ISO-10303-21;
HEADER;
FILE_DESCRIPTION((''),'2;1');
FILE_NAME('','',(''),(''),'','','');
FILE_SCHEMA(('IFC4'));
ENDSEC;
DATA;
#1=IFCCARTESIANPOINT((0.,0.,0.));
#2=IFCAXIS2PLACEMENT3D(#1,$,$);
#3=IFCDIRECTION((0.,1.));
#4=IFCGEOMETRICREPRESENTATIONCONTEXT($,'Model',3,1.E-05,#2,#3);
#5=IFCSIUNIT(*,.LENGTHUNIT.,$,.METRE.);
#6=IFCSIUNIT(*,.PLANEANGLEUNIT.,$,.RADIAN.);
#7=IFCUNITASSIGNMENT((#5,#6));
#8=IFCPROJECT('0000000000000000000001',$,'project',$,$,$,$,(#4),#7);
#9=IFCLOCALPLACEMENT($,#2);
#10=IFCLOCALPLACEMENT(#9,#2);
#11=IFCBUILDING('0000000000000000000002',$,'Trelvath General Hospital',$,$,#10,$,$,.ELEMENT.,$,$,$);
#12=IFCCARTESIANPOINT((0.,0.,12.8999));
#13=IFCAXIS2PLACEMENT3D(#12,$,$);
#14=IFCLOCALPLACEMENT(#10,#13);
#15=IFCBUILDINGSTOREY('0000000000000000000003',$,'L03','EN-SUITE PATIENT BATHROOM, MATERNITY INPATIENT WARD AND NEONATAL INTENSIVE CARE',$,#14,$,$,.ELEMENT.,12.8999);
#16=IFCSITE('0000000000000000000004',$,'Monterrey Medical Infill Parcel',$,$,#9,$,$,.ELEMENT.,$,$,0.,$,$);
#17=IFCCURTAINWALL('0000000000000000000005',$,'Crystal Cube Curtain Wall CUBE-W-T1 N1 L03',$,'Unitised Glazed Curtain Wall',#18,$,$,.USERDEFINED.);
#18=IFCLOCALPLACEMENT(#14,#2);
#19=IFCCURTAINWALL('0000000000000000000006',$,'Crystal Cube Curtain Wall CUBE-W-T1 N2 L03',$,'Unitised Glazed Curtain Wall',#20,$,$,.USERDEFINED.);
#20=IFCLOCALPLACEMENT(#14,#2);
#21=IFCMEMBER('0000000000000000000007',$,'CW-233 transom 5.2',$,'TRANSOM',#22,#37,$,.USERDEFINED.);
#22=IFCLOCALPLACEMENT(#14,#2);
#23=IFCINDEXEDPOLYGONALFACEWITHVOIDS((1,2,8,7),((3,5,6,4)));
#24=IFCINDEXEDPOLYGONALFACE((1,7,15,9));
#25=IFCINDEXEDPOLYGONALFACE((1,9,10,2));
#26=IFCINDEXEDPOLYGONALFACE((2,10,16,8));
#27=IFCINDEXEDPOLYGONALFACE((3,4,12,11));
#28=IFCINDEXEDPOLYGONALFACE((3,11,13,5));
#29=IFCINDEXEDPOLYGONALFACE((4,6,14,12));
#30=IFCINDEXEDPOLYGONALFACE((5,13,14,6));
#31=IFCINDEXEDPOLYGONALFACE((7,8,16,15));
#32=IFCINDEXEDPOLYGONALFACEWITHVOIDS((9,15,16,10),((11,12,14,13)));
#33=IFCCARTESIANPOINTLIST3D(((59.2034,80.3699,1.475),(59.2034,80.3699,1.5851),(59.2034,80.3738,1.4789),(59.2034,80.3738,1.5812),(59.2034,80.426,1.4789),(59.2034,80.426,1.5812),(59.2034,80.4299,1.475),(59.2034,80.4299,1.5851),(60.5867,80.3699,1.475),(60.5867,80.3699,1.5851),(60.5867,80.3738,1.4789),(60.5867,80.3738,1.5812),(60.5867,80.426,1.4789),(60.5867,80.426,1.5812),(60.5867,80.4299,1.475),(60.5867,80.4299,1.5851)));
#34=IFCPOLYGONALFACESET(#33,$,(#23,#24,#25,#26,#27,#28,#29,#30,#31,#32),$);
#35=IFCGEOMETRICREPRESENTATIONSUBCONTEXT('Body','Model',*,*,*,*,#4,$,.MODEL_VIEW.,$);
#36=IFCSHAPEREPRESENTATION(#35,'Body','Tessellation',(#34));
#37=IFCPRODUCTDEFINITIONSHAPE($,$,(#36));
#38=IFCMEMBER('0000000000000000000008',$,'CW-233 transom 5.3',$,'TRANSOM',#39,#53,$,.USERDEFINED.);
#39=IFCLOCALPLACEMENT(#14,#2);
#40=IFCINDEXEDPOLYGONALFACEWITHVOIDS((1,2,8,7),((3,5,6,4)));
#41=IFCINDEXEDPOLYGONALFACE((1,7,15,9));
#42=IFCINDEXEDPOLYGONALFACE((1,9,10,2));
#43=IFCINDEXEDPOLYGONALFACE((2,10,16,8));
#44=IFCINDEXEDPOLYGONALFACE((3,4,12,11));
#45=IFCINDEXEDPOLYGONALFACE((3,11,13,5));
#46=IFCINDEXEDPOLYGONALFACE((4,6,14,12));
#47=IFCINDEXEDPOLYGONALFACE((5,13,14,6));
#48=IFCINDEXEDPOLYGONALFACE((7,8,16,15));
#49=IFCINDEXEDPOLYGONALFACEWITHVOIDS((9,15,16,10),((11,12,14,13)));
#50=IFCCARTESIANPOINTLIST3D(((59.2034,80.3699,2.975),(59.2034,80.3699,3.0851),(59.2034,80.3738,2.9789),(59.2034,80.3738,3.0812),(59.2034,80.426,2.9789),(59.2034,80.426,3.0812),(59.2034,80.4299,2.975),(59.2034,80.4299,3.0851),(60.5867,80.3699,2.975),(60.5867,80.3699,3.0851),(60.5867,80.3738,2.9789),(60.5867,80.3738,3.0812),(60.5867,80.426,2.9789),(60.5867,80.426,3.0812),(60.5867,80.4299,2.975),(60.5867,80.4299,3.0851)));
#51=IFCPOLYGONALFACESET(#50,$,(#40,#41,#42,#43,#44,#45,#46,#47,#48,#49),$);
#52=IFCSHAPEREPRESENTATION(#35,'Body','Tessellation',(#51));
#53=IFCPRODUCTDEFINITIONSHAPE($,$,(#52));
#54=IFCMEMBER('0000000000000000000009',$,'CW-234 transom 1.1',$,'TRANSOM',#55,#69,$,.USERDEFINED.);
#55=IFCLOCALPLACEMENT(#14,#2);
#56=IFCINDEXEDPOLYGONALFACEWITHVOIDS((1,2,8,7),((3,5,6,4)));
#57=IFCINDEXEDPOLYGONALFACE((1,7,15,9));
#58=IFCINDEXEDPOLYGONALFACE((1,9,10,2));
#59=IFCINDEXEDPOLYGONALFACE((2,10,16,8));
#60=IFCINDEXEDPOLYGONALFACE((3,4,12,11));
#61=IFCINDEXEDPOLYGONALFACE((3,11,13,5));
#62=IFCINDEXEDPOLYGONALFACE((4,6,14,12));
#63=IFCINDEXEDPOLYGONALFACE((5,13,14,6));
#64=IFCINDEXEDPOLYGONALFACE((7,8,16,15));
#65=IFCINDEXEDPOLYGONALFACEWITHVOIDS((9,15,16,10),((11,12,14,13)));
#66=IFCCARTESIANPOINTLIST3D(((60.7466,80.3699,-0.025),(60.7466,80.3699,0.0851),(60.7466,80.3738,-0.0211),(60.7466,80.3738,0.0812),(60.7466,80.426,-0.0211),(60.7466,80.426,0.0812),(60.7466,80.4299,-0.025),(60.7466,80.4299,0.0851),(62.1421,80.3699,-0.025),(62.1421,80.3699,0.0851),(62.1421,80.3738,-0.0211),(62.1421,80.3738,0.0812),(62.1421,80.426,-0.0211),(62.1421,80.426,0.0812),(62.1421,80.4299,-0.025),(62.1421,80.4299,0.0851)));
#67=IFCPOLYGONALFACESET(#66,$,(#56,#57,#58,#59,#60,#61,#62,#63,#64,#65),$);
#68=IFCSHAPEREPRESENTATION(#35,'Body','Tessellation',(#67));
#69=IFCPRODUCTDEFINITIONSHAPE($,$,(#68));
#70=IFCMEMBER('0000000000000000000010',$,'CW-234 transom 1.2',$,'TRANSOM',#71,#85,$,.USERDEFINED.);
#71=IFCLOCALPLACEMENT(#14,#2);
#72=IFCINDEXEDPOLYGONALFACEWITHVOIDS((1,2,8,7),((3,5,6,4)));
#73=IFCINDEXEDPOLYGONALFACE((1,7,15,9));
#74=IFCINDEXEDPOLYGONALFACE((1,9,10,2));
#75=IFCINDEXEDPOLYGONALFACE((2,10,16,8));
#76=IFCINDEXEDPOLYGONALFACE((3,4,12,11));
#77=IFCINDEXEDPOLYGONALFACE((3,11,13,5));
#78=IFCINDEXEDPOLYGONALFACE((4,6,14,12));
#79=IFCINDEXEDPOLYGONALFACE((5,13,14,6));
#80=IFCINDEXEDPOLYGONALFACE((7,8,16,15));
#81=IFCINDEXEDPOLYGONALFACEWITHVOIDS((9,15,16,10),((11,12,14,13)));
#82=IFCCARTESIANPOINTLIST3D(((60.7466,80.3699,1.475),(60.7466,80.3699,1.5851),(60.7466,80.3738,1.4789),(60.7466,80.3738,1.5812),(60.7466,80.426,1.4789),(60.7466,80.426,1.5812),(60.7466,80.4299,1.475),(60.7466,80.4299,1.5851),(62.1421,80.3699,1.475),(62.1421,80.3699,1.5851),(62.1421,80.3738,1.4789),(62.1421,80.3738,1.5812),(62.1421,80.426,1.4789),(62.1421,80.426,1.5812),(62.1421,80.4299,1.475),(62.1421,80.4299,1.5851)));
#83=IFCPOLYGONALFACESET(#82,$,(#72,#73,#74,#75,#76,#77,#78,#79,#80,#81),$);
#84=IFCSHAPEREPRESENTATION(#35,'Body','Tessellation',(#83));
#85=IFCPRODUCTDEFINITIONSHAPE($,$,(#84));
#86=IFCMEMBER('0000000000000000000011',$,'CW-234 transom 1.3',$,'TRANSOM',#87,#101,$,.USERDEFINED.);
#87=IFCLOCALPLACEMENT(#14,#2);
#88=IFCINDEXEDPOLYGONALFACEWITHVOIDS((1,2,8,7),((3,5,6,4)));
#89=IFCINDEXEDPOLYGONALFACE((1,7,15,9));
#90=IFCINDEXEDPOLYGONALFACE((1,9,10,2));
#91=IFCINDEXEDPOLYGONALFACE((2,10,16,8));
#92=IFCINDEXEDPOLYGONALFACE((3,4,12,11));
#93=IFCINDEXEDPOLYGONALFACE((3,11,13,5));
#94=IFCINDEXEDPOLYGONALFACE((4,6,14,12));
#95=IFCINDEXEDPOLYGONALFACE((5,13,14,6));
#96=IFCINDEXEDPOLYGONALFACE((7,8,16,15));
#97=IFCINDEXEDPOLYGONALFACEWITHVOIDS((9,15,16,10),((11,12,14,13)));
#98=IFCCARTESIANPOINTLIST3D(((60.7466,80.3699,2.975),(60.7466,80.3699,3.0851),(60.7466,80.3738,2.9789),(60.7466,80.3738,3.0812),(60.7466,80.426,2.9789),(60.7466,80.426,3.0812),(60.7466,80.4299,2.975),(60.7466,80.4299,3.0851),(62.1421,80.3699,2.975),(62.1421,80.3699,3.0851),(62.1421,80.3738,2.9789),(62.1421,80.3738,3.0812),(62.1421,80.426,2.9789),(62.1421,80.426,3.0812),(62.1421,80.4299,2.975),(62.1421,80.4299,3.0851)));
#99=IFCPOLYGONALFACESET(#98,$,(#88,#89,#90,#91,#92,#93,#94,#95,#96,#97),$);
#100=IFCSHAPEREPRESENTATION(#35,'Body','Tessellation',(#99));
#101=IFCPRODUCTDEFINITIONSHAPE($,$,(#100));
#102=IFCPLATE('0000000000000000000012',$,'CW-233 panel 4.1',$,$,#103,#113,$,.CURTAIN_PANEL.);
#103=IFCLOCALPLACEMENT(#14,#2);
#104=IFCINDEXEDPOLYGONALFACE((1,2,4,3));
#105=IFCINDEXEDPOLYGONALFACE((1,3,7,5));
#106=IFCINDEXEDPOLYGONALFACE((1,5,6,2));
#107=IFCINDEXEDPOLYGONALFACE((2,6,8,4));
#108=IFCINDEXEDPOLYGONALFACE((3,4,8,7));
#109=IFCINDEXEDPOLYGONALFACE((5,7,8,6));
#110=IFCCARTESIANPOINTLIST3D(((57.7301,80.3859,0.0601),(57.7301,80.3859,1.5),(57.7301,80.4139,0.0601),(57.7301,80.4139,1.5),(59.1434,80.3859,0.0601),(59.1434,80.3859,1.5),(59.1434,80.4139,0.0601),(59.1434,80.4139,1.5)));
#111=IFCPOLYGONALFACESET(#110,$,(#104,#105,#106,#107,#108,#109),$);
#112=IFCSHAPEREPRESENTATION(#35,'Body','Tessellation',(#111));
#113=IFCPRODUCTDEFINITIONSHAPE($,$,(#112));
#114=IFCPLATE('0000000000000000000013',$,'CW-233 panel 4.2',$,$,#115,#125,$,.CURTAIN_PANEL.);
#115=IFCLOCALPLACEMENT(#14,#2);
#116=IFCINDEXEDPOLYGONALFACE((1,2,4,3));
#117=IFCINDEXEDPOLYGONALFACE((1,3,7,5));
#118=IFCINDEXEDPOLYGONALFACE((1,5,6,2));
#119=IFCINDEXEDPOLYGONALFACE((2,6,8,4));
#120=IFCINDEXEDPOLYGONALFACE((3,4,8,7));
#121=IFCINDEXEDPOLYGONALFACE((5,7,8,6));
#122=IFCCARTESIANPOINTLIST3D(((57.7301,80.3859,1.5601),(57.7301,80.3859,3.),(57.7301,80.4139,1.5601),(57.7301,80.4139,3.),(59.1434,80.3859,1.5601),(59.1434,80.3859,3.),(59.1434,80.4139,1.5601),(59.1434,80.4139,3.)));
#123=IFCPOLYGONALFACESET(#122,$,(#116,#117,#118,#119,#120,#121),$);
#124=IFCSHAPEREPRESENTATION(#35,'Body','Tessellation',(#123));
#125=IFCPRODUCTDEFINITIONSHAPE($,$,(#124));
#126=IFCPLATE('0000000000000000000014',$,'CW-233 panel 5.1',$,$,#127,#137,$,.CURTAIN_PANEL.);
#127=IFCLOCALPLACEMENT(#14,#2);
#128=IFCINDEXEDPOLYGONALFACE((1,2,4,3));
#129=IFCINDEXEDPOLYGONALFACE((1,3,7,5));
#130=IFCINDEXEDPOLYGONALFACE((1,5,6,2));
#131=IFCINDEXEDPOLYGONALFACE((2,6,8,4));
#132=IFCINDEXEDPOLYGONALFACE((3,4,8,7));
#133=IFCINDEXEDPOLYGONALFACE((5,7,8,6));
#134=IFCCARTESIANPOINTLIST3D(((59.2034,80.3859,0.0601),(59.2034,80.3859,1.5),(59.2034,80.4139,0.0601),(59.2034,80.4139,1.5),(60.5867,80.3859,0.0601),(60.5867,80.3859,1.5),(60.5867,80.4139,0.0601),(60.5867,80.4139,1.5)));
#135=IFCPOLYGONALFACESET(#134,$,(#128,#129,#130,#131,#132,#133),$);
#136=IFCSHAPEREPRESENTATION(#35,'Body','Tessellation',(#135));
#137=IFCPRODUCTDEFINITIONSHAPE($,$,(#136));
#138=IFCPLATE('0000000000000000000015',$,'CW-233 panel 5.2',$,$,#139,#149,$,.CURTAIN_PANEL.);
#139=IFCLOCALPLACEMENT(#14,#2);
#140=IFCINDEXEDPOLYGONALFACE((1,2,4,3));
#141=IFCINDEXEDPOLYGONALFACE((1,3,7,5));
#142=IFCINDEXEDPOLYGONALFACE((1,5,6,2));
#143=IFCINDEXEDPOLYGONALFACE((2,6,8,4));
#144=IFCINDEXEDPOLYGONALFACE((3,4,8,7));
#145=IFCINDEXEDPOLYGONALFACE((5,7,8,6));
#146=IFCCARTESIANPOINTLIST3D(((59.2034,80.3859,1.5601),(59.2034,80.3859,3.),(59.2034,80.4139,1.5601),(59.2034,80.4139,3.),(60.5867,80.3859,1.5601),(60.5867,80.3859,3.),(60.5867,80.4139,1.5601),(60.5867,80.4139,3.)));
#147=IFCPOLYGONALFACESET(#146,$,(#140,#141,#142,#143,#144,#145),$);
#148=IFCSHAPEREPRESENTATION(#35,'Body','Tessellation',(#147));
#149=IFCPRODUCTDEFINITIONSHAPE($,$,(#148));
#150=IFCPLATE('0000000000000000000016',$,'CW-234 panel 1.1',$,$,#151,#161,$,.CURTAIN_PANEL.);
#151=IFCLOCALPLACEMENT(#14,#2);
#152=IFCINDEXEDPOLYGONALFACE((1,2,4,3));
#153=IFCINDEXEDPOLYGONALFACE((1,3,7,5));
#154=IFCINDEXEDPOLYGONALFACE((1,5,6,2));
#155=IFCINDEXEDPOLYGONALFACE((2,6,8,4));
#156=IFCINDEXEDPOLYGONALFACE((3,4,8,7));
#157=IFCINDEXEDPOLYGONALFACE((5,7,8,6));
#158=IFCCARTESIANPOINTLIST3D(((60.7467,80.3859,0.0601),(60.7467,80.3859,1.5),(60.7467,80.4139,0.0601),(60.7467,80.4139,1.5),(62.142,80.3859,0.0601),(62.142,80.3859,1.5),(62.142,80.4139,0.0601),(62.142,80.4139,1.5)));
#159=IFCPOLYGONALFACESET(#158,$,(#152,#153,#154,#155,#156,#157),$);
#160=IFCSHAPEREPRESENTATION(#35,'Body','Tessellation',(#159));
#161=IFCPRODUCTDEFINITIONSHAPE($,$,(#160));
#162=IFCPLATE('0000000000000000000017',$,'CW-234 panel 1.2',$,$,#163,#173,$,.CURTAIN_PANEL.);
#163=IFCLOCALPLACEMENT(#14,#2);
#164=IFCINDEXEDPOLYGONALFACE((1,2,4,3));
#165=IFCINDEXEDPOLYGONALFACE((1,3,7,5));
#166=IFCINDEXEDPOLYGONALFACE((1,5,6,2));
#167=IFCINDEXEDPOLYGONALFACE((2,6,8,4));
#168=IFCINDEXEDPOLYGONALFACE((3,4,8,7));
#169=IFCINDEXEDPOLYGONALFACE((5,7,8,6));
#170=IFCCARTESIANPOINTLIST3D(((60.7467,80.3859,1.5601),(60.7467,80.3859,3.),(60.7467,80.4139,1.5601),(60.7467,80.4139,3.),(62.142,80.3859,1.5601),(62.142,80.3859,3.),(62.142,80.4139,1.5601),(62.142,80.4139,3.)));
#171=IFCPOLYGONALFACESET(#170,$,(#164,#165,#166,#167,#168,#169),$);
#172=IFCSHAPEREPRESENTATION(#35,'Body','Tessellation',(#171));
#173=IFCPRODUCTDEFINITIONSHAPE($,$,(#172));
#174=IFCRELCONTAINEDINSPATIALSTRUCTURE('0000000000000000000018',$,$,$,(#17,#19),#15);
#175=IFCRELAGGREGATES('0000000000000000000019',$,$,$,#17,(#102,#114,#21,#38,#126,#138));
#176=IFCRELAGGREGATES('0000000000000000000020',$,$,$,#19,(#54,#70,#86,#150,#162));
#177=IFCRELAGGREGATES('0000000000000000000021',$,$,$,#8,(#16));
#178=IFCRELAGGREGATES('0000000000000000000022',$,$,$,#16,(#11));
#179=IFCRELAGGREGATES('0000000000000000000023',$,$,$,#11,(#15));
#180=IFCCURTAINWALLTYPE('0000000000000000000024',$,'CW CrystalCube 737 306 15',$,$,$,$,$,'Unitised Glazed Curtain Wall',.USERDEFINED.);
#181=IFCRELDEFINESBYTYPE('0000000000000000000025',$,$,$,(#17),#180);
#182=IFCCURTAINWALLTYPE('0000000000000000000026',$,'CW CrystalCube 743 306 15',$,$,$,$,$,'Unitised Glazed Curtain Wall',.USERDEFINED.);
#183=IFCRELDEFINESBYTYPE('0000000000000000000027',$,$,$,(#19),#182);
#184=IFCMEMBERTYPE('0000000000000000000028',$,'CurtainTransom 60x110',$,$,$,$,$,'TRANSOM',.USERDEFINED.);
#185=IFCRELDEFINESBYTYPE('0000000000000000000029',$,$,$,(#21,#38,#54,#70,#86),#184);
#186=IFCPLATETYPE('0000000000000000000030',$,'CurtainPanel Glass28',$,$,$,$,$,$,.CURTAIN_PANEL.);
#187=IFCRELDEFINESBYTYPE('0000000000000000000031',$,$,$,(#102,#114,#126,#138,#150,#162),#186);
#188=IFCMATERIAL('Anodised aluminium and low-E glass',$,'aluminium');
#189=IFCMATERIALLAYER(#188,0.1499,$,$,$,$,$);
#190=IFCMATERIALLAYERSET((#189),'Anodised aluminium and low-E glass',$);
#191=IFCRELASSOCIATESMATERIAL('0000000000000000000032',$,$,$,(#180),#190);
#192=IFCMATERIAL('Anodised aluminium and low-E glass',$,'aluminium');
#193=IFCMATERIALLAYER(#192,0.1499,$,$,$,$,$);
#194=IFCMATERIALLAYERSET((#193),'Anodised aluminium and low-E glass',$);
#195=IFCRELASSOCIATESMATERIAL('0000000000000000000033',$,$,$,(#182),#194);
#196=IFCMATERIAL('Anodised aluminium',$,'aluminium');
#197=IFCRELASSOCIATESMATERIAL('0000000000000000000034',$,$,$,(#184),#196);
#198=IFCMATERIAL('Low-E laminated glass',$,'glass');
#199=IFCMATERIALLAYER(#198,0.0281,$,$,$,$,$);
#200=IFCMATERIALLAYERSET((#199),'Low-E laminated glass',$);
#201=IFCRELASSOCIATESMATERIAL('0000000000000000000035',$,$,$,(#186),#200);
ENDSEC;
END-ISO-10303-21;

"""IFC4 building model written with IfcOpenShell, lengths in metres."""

from ifc_helpers import new_model, si_unit, direction, frame, origin, origin_2d, place, context, subcontext, project, spatial, rectangle, hollow_rectangle, extrude, material, layer, layer_set, material_profile, profile_set, type_object, element, aggregate, save


model = new_model("IFC4")

# Units and contexts
model_context = context("Model", 3, precision=1e-05, world=origin(), true_north=direction((0.0, 1.0)))
body_context = subcontext(model_context, "Body", "Model", "MODEL_VIEW")
ifc_project = project(units=[si_unit("LENGTHUNIT", "METRE"), si_unit("PLANEANGLEUNIT", "RADIAN")], contexts=[model_context])

# Site, building, storey
site_placement = place(None, origin())
site = spatial("IfcSite", under=ifc_project, at=site_placement, Name="Monterrey Medical Infill Parcel", CompositionType="ELEMENT", RefElevation=0.0)
building_placement = place(site_placement, origin())
building = spatial("IfcBuilding", under=site, at=building_placement, Name="Trelvath General Hospital", CompositionType="ELEMENT")
storey_placement = place(building_placement, frame((0.0, 0.0, 12.8999)))
storey = spatial("IfcBuildingStorey", under=building, at=storey_placement, Name="L03", Description="EN-SUITE PATIENT BATHROOM, MATERNITY INPATIENT WARD AND NEONATAL INTENSIVE CARE", CompositionType="ELEMENT", Elevation=12.8999)

# Curtain wall
ifc_material_1 = material(Name="Anodised aluminium and low-E glass", Category="aluminium")
ifc_layer_1 = layer(ifc_material_1, 0.1499)
ifc_layer_set_1 = layer_set([ifc_layer_1], Name="Anodised aluminium and low-E glass")
curtain_wall_type_1 = type_object("IfcCurtainWallType", Name="CW CrystalCube 737 306 15", ElementType="Unitised Glazed Curtain Wall", PredefinedType="USERDEFINED", material=ifc_layer_set_1)
curtain_wall_1_placement = place(storey_placement, origin())
curtain_wall_1 = element("IfcCurtainWall", 1, at=curtain_wall_1_placement, inside=storey, type_object=curtain_wall_type_1, Name="Crystal Cube Curtain Wall CUBE-W-T1 N1 L03", ObjectType="Unitised Glazed Curtain Wall", PredefinedType="USERDEFINED")

# Curtain wall
ifc_material_2 = material(Name="Anodised aluminium and low-E glass", Category="aluminium")
ifc_layer_2 = layer(ifc_material_2, 0.1499)
ifc_layer_set_2 = layer_set([ifc_layer_2], Name="Anodised aluminium and low-E glass")
curtain_wall_type_2 = type_object("IfcCurtainWallType", Name="CW CrystalCube 743 306 15", ElementType="Unitised Glazed Curtain Wall", PredefinedType="USERDEFINED", material=ifc_layer_set_2)
curtain_wall_2_placement = place(storey_placement, origin())
curtain_wall_2 = element("IfcCurtainWall", 2, at=curtain_wall_2_placement, inside=storey, type_object=curtain_wall_type_2, Name="Crystal Cube Curtain Wall CUBE-W-T1 N2 L03", ObjectType="Unitised Glazed Curtain Wall", PredefinedType="USERDEFINED")

# Members
ifc_material_3 = material(Name="Anodised aluminium", Category="aluminium")
ifc_material_profile_1 = material_profile(ifc_material_3, hollow_rectangle(XDim=0.0601, YDim=0.1101, WallThickness=0.0039, at=origin_2d()), Name="RHS60x110x4")
ifc_profile_set_1 = profile_set([ifc_material_profile_1], Name="Anodised aluminium")
member_type_1 = type_object("IfcMemberType", Name="CurtainTransom 60x110", ElementType="TRANSOM", PredefinedType="USERDEFINED", material=ifc_profile_set_1)
member_1_placement = place(storey_placement, frame((59.2034, 80.3999, 1.53), z_axis=(1.0, 0.0, 0.0), x_axis=(0.0, 1.0, 0.0)))
member_1 = element("IfcMember", 3, at=member_1_placement, type_object=member_type_1, Name="CW-233 transom 5.2", ObjectType="TRANSOM", PredefinedType="USERDEFINED", context=body_context, shape_type="SweptSolid", body=[
    extrude(hollow_rectangle(XDim=0.0601, YDim=0.1101, WallThickness=0.0039, at=origin_2d()), origin(), (0.0, 0.0, 1.0), 1.3833),
])
member_2_placement = place(storey_placement, frame((59.2034, 80.3999, 3.03), z_axis=(1.0, 0.0, 0.0), x_axis=(0.0, 1.0, 0.0)))
member_2 = element("IfcMember", 4, at=member_2_placement, type_object=member_type_1, Name="CW-233 transom 5.3", ObjectType="TRANSOM", PredefinedType="USERDEFINED", context=body_context, shape_type="SweptSolid", body=[
    extrude(hollow_rectangle(XDim=0.0601, YDim=0.1101, WallThickness=0.0039, at=origin_2d()), origin(), (0.0, 0.0, 1.0), 1.3833),
])
member_3_placement = place(storey_placement, frame((60.7466, 80.3999, 0.03), z_axis=(1.0, 0.0, 0.0), x_axis=(0.0, 1.0, 0.0)))
member_3 = element("IfcMember", 5, at=member_3_placement, type_object=member_type_1, Name="CW-234 transom 1.1", ObjectType="TRANSOM", PredefinedType="USERDEFINED", context=body_context, shape_type="SweptSolid", body=[
    extrude(hollow_rectangle(XDim=0.0601, YDim=0.1101, WallThickness=0.0039, at=origin_2d()), origin(), (0.0, 0.0, 1.0), 1.3955),
])
member_4_placement = place(storey_placement, frame((60.7466, 80.3999, 1.53), z_axis=(1.0, 0.0, 0.0), x_axis=(0.0, 1.0, 0.0)))
member_4 = element("IfcMember", 6, at=member_4_placement, type_object=member_type_1, Name="CW-234 transom 1.2", ObjectType="TRANSOM", PredefinedType="USERDEFINED", context=body_context, shape_type="SweptSolid", body=[
    extrude(hollow_rectangle(XDim=0.0601, YDim=0.1101, WallThickness=0.0039, at=origin_2d()), origin(), (0.0, 0.0, 1.0), 1.3955),
])
member_5_placement = place(storey_placement, frame((60.7466, 80.3999, 3.03), z_axis=(1.0, 0.0, 0.0), x_axis=(0.0, 1.0, 0.0)))
member_5 = element("IfcMember", 7, at=member_5_placement, type_object=member_type_1, Name="CW-234 transom 1.3", ObjectType="TRANSOM", PredefinedType="USERDEFINED", context=body_context, shape_type="SweptSolid", body=[
    extrude(hollow_rectangle(XDim=0.0601, YDim=0.1101, WallThickness=0.0039, at=origin_2d()), origin(), (0.0, 0.0, 1.0), 1.3955),
])

# Plates
ifc_material_4 = material(Name="Low-E laminated glass", Category="glass")
ifc_layer_3 = layer(ifc_material_4, 0.0281)
ifc_layer_set_3 = layer_set([ifc_layer_3], Name="Low-E laminated glass")
plate_type = type_object("IfcPlateType", Name="CurtainPanel Glass28", PredefinedType="CURTAIN_PANEL", material=ifc_layer_set_3)
plate_1_placement = place(storey_placement, frame((58.4368, 80.3999, 0.0601), z_axis=(0.0, 0.0, 1.0), x_axis=(1.0, 0.0, 0.0)))
plate_1 = element("IfcPlate", 8, at=plate_1_placement, type_object=plate_type, Name="CW-233 panel 4.1", PredefinedType="CURTAIN_PANEL", context=body_context, shape_type="SweptSolid", body=[
    extrude(rectangle(XDim=1.4133, YDim=0.0281, at=origin_2d()), origin(), (0.0, 0.0, 1.0), 1.4399),
])
plate_2_placement = place(storey_placement, frame((58.4368, 80.3999, 1.5601), z_axis=(0.0, 0.0, 1.0), x_axis=(1.0, 0.0, 0.0)))
plate_2 = element("IfcPlate", 9, at=plate_2_placement, type_object=plate_type, Name="CW-233 panel 4.2", PredefinedType="CURTAIN_PANEL", context=body_context, shape_type="SweptSolid", body=[
    extrude(rectangle(XDim=1.4133, YDim=0.0281, at=origin_2d()), origin(), (0.0, 0.0, 1.0), 1.4399),
])
plate_3_placement = place(storey_placement, frame((59.895, 80.3999, 0.0601), z_axis=(0.0, 0.0, 1.0), x_axis=(1.0, 0.0, 0.0)))
plate_3 = element("IfcPlate", 10, at=plate_3_placement, type_object=plate_type, Name="CW-233 panel 5.1", PredefinedType="CURTAIN_PANEL", context=body_context, shape_type="SweptSolid", body=[
    extrude(rectangle(XDim=1.3833, YDim=0.0281, at=origin_2d()), origin(), (0.0, 0.0, 1.0), 1.4399),
])
plate_4_placement = place(storey_placement, frame((59.895, 80.3999, 1.5601), z_axis=(0.0, 0.0, 1.0), x_axis=(1.0, 0.0, 0.0)))
plate_4 = element("IfcPlate", 11, at=plate_4_placement, type_object=plate_type, Name="CW-233 panel 5.2", PredefinedType="CURTAIN_PANEL", context=body_context, shape_type="SweptSolid", body=[
    extrude(rectangle(XDim=1.3833, YDim=0.0281, at=origin_2d()), origin(), (0.0, 0.0, 1.0), 1.4399),
])
aggregate(curtain_wall_1, [plate_1, plate_2, member_1, member_2, plate_3, plate_4])
plate_5_placement = place(storey_placement, frame((61.4443, 80.3999, 0.0601), z_axis=(0.0, 0.0, 1.0), x_axis=(1.0, 0.0, 0.0)))
plate_5 = element("IfcPlate", 12, at=plate_5_placement, type_object=plate_type, Name="CW-234 panel 1.1", PredefinedType="CURTAIN_PANEL", context=body_context, shape_type="SweptSolid", body=[
    extrude(rectangle(XDim=1.3953, YDim=0.0281, at=origin_2d()), origin(), (0.0, 0.0, 1.0), 1.4399),
])
plate_6_placement = place(storey_placement, frame((61.4443, 80.3999, 1.5601), z_axis=(0.0, 0.0, 1.0), x_axis=(1.0, 0.0, 0.0)))
plate_6 = element("IfcPlate", 13, at=plate_6_placement, type_object=plate_type, Name="CW-234 panel 1.2", PredefinedType="CURTAIN_PANEL", context=body_context, shape_type="SweptSolid", body=[
    extrude(rectangle(XDim=1.3953, YDim=0.0281, at=origin_2d()), origin(), (0.0, 0.0, 1.0), 1.4399),
])
aggregate(curtain_wall_2, [member_3, member_4, member_5, plate_5, plate_6])

save(model, "model.ifc")
